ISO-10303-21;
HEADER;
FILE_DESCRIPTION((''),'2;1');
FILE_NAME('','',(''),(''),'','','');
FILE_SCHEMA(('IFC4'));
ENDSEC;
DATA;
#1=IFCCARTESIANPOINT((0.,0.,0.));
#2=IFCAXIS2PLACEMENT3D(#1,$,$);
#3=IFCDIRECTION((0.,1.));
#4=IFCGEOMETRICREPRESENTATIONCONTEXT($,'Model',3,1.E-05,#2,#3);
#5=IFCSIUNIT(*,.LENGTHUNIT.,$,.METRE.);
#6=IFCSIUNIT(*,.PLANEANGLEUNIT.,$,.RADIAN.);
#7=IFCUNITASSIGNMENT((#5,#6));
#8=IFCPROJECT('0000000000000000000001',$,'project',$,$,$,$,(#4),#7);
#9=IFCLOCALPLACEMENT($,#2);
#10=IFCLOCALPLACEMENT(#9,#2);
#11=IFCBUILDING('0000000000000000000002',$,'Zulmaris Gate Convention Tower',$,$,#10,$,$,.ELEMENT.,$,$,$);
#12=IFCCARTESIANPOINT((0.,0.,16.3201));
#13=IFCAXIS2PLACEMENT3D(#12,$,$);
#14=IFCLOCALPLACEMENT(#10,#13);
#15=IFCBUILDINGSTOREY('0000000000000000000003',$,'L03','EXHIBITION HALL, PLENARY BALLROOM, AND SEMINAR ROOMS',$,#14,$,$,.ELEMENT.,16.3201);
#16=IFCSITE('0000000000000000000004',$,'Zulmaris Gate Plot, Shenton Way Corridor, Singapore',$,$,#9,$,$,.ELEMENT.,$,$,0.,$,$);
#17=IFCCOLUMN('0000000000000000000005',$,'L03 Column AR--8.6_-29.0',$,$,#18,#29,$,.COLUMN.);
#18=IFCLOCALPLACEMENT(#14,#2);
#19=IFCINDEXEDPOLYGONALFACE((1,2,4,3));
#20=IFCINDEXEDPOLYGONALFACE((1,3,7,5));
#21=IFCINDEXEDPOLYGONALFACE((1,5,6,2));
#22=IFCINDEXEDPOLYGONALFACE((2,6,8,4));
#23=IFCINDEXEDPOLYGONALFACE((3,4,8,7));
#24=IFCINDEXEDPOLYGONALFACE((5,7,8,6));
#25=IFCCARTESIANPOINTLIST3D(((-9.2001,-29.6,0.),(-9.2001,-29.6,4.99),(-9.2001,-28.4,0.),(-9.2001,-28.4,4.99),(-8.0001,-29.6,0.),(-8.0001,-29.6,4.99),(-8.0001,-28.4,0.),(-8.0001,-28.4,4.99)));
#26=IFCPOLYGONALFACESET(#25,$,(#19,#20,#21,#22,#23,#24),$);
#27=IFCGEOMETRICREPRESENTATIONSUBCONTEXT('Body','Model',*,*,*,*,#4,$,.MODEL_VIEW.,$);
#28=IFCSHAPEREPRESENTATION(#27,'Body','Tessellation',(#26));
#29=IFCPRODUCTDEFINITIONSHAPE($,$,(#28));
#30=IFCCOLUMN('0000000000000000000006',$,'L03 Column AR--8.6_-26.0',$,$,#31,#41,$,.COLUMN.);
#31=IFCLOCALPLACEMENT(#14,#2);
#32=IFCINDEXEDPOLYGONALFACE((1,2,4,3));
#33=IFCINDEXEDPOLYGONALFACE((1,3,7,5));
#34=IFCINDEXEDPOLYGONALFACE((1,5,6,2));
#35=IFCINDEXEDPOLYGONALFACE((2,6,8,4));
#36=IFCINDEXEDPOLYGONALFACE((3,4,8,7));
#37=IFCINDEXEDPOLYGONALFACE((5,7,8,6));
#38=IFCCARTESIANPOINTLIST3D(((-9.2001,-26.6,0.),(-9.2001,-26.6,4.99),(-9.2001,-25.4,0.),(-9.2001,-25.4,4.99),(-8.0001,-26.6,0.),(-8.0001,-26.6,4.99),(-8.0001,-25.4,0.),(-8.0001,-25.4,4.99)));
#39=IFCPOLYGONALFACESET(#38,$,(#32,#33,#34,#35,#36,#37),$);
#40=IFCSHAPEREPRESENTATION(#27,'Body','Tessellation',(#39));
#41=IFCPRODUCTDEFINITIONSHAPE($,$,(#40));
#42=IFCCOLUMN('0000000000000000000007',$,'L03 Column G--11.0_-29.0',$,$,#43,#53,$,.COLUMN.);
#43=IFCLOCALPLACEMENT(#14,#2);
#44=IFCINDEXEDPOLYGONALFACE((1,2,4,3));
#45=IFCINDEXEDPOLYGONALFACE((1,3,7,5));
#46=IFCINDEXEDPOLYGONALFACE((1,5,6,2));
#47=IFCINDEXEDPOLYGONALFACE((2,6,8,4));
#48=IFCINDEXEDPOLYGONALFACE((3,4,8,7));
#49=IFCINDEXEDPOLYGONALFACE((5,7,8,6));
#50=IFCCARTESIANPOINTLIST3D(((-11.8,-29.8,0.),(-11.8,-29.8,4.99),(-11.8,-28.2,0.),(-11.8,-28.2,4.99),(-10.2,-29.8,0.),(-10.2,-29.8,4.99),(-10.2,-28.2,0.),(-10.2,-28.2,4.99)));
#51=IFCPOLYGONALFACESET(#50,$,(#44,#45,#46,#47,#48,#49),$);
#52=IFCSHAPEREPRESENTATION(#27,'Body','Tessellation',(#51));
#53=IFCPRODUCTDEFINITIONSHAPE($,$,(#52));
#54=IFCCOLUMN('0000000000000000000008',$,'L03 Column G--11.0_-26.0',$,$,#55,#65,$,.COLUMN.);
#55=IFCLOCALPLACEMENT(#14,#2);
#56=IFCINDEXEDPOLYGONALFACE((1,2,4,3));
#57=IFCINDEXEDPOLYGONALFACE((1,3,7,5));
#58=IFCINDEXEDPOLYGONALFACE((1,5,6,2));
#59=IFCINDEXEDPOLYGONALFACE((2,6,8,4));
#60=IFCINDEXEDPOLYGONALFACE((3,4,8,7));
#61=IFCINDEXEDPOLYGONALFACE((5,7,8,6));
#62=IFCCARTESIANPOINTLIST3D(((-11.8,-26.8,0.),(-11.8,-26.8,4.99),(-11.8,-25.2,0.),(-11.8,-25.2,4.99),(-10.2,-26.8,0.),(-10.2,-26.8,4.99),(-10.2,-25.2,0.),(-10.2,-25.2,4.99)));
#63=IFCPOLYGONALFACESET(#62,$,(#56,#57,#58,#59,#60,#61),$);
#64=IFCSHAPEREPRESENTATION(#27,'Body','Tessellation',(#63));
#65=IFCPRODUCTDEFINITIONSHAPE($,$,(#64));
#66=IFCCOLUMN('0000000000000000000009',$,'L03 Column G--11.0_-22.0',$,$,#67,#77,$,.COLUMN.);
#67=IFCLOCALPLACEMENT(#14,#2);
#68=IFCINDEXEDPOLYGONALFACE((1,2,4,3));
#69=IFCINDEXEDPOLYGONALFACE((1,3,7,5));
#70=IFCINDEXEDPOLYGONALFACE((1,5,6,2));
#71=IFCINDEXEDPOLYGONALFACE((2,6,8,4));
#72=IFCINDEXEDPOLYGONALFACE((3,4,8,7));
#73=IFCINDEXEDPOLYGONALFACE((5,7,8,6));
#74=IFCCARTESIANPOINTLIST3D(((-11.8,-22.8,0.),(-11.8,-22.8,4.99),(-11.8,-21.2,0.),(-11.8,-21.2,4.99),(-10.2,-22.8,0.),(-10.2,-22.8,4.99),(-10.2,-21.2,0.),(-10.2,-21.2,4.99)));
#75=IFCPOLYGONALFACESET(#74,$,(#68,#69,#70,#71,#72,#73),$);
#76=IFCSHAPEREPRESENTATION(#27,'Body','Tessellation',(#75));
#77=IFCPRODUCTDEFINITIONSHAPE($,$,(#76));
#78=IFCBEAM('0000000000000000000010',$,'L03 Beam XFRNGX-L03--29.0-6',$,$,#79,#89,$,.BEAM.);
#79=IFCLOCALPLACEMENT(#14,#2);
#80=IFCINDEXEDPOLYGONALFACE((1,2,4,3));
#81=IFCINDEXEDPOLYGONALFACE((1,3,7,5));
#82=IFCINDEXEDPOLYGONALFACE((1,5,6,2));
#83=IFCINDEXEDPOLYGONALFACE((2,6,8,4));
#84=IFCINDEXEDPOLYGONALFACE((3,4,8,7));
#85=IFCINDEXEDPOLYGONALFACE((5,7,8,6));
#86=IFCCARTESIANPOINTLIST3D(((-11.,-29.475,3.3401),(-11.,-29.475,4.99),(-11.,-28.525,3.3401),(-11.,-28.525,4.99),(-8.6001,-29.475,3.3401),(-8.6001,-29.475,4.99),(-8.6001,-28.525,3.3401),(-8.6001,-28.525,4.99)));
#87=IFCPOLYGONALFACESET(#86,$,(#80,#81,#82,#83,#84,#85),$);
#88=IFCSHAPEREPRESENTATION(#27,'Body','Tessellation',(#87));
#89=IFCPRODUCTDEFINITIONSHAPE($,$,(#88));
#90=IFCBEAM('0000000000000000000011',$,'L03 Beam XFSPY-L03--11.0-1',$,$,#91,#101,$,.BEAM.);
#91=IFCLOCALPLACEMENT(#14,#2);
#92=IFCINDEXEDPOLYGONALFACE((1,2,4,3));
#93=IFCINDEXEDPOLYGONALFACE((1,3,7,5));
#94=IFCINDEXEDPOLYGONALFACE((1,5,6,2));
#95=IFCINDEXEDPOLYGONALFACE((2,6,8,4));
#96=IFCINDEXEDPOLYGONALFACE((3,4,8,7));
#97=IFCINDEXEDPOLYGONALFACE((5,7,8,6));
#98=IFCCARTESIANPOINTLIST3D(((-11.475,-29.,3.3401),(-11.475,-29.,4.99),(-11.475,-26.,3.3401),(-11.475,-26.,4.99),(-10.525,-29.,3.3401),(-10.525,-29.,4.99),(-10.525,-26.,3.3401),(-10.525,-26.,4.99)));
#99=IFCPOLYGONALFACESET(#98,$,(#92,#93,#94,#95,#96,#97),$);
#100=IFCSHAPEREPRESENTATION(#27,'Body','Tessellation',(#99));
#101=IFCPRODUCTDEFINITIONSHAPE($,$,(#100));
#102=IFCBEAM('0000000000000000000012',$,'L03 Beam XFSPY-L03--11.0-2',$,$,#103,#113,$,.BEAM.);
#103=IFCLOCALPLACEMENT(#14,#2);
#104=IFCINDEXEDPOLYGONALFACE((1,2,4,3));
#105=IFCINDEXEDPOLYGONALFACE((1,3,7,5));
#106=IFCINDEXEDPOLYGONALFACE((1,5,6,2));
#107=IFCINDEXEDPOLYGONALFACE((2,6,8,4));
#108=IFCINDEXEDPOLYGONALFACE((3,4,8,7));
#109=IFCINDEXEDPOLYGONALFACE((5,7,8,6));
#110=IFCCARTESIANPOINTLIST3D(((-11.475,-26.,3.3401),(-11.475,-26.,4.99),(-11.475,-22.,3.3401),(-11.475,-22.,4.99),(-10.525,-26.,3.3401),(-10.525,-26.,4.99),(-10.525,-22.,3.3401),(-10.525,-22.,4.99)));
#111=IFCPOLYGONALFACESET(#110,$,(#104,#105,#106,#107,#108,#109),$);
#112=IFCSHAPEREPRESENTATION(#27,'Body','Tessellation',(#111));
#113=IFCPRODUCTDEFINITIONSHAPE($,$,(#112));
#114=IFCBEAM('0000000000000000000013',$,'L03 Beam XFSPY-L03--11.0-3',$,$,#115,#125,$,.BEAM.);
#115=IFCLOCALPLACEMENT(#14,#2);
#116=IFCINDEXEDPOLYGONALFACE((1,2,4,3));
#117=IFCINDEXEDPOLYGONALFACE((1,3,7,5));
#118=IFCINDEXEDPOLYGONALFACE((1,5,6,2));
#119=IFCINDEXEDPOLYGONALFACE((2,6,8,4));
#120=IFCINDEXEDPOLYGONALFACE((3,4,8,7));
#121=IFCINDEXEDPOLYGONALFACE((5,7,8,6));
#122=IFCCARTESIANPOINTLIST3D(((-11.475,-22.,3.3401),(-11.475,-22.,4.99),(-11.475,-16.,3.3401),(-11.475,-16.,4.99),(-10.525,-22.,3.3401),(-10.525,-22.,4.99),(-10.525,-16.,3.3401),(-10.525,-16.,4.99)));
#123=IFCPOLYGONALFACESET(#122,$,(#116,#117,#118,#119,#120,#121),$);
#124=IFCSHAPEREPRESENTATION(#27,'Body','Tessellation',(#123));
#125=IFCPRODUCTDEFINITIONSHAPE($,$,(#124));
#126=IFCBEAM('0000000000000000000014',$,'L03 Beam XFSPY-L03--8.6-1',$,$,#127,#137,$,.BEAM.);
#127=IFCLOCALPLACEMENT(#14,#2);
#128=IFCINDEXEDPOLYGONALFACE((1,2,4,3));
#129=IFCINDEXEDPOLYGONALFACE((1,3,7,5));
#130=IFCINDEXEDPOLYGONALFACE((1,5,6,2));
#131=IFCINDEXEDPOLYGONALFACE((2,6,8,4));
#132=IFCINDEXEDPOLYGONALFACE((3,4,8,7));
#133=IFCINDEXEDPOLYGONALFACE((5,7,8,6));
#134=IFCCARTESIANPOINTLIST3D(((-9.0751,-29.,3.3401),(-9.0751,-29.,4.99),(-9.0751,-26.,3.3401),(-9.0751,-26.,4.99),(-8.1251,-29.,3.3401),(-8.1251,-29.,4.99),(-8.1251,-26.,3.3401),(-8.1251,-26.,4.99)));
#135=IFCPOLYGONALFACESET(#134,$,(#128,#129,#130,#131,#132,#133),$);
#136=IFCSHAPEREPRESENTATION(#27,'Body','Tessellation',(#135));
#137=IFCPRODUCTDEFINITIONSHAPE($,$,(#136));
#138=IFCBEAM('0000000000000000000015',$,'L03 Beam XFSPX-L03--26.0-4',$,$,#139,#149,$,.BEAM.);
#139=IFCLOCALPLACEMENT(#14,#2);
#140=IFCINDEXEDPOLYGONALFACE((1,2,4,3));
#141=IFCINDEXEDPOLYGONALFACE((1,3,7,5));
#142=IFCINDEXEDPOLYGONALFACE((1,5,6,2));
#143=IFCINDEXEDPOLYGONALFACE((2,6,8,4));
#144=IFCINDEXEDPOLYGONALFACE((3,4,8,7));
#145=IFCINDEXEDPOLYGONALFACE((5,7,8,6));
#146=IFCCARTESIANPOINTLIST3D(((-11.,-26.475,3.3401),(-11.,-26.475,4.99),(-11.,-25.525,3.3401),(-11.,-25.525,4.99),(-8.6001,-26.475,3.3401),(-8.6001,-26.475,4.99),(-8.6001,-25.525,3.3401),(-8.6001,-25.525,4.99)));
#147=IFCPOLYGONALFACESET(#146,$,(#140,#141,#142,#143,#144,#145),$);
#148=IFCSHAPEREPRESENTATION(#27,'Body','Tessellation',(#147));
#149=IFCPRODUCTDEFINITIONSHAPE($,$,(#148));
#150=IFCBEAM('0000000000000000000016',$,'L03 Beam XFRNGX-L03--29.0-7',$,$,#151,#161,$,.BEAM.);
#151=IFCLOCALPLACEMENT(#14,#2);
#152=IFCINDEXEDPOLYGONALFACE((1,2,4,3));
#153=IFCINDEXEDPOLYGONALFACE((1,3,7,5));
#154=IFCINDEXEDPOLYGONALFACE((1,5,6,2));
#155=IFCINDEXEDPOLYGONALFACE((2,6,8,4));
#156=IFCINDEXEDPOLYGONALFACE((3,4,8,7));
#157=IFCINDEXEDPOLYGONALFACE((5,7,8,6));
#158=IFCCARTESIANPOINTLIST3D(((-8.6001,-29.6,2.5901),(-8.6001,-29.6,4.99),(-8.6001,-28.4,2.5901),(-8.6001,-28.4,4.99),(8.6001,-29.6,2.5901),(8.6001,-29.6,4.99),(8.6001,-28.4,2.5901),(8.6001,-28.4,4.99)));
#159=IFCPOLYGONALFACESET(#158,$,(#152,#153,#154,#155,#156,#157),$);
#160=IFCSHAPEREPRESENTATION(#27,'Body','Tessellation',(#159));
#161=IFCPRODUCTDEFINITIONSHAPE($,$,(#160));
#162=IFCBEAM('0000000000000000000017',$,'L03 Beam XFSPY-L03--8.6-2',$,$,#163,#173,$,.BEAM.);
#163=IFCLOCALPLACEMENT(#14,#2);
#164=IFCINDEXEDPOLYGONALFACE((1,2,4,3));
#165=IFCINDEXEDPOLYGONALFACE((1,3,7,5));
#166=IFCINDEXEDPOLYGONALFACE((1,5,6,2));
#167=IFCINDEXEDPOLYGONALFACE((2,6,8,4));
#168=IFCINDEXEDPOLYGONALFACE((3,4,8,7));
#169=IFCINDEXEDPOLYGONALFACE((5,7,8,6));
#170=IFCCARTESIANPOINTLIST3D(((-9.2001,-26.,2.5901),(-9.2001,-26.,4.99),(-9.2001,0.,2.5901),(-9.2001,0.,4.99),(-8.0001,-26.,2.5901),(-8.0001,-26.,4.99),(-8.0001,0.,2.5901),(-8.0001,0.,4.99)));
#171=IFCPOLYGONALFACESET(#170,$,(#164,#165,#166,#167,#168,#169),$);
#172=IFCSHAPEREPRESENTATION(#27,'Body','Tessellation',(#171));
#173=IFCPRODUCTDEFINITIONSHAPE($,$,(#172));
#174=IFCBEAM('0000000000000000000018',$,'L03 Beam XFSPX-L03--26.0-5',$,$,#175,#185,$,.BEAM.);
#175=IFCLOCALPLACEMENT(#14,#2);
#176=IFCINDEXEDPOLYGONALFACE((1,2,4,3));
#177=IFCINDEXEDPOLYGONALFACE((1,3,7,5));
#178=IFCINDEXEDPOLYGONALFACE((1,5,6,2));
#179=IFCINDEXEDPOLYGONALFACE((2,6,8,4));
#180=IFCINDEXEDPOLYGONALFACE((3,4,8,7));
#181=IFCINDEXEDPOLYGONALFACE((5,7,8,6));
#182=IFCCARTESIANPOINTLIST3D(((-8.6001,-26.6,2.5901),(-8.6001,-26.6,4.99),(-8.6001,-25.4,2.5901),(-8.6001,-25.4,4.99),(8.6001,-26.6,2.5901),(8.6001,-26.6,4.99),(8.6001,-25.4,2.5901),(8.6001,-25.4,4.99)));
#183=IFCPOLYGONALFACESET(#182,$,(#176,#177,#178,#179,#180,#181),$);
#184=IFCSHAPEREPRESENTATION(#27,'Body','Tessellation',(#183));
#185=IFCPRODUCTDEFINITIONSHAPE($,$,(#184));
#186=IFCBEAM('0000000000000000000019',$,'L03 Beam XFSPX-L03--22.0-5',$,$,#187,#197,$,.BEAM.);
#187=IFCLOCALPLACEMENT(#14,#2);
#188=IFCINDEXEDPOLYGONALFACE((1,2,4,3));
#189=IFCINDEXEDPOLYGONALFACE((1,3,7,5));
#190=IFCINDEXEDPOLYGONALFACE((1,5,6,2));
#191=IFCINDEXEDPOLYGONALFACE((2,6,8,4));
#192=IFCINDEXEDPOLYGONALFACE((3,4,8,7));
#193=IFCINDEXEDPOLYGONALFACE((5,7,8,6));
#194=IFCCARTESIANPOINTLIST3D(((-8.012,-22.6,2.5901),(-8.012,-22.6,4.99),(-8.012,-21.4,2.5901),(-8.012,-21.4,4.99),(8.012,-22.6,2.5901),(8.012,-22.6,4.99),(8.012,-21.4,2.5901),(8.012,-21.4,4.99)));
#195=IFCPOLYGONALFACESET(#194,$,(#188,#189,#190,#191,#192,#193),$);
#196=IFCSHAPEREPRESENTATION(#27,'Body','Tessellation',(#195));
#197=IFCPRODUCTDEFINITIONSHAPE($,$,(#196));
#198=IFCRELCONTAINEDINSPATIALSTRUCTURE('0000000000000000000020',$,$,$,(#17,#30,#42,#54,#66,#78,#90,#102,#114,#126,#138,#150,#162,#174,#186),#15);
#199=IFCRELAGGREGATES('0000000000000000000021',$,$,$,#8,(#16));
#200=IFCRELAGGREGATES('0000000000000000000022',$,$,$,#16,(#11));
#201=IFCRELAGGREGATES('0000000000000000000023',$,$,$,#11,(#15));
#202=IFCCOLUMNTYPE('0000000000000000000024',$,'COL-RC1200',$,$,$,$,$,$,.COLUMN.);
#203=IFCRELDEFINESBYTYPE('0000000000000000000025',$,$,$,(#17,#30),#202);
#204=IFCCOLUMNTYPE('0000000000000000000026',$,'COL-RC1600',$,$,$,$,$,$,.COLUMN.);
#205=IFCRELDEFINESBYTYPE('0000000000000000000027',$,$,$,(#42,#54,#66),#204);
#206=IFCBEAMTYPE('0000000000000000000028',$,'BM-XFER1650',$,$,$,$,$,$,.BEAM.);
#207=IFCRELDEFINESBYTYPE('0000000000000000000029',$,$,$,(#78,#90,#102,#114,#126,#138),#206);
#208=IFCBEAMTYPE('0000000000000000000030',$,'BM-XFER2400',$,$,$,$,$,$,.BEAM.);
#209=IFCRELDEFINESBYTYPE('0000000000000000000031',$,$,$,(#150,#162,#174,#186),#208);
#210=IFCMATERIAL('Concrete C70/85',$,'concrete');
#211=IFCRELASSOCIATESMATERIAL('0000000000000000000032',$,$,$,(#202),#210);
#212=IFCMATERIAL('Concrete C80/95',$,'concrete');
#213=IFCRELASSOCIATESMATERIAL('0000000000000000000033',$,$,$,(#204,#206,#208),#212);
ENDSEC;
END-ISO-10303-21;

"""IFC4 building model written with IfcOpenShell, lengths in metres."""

from ifc_helpers import new_model, si_unit, direction, frame, origin, origin_2d, place, context, subcontext, project, spatial, rectangle, extrude, material, material_profile, profile_set, type_object, element, save


model = new_model("IFC4")

# Units and contexts
model_context = context("Model", 3, precision=1e-05, world=origin(), true_north=direction((0.0, 1.0)))
body_context = subcontext(model_context, "Body", "Model", "MODEL_VIEW")
ifc_project = project(units=[si_unit("LENGTHUNIT", "METRE"), si_unit("PLANEANGLEUNIT", "RADIAN")], contexts=[model_context])

# Site, building, storey
site_placement = place(None, origin())
site = spatial("IfcSite", under=ifc_project, at=site_placement, Name="Zulmaris Gate Plot, Shenton Way Corridor, Singapore", CompositionType="ELEMENT", RefElevation=0.0)
building_placement = place(site_placement, origin())
building = spatial("IfcBuilding", under=site, at=building_placement, Name="Zulmaris Gate Convention Tower", CompositionType="ELEMENT")
storey_placement = place(building_placement, frame((0.0, 0.0, 16.3201)))
storey = spatial("IfcBuildingStorey", under=building, at=storey_placement, Name="L03", Description="EXHIBITION HALL, PLENARY BALLROOM, AND SEMINAR ROOMS", CompositionType="ELEMENT", Elevation=16.3201)

# Columns
ifc_material_1 = material(Name="Concrete C70/85", Category="concrete")
ifc_material_profile_1 = material_profile(ifc_material_1, rectangle(XDim=1.2, YDim=1.2, at=origin_2d()), Name="RC COL 1200x1200")
ifc_profile_set_1 = profile_set([ifc_material_profile_1], Name="Concrete C70/85")
column_type_1 = type_object("IfcColumnType", Name="COL-RC1200", PredefinedType="COLUMN", material=ifc_profile_set_1)
for number, where, z_axis, x_axis, name in (
    (1, (-8.6001, -29.0, 0.0), (0.0, 0.0, 1.0), (1.0, 0.0, 0.0), "L03 Column AR--8.6_-29.0"),
    (2, (-8.6001, -26.0, 0.0), (0.0, 0.0, 1.0), (1.0, 0.0, 0.0), "L03 Column AR--8.6_-26.0"),
):
    element("IfcColumn", number, at=place(storey_placement, frame(where, z_axis=z_axis, x_axis=x_axis)), inside=storey, type_object=column_type_1, Name=name, PredefinedType="COLUMN", context=body_context, shape_type="SweptSolid", body=[
        extrude(rectangle(XDim=1.2, YDim=1.2, at=origin_2d()), origin(), (0.0, 0.0, 1.0), 4.99),
    ])
ifc_material_2 = material(Name="Concrete C80/95", Category="concrete")
ifc_material_profile_2 = material_profile(ifc_material_2, rectangle(XDim=1.6001, YDim=1.6001, at=origin_2d()), Name="RC COL 1600x1600")
ifc_profile_set_2 = profile_set([ifc_material_profile_2], Name="Concrete C80/95")
column_type_2 = type_object("IfcColumnType", Name="COL-RC1600", PredefinedType="COLUMN", material=ifc_profile_set_2)
for number, where, z_axis, x_axis, name in (
    (3, (-11.0, -29.0, 0.0), (0.0, 0.0, 1.0), (1.0, 0.0, 0.0), "L03 Column G--11.0_-29.0"),
    (4, (-11.0, -26.0, 0.0), (0.0, 0.0, 1.0), (1.0, 0.0, 0.0), "L03 Column G--11.0_-26.0"),
    (5, (-11.0, -22.0, 0.0), (0.0, 0.0, 1.0), (1.0, 0.0, 0.0), "L03 Column G--11.0_-22.0"),
):
    element("IfcColumn", number, at=place(storey_placement, frame(where, z_axis=z_axis, x_axis=x_axis)), inside=storey, type_object=column_type_2, Name=name, PredefinedType="COLUMN", context=body_context, shape_type="SweptSolid", body=[
        extrude(rectangle(XDim=1.6001, YDim=1.6001, at=origin_2d()), origin(), (0.0, 0.0, 1.0), 4.99),
    ])

# Beams
ifc_material_profile_3 = material_profile(ifc_material_2, rectangle(XDim=0.95, YDim=1.6499, at=origin_2d()), Name="RC TRANSFER 950x1650")
ifc_profile_set_3 = profile_set([ifc_material_profile_3], Name="Concrete C80/95")
beam_type_1 = type_object("IfcBeamType", Name="BM-XFER1650", PredefinedType="BEAM", material=ifc_profile_set_3)
beam_1_placement = place(storey_placement, frame((-11.0, -29.0, 4.165), z_axis=(1.0, 0.0, 0.0), x_axis=(0.0, 1.0, 0.0)))
element("IfcBeam", 6, at=beam_1_placement, inside=storey, type_object=beam_type_1, Name="L03 Beam XFRNGX-L03--29.0-6", PredefinedType="BEAM", context=body_context, shape_type="SweptSolid", body=[
    extrude(rectangle(XDim=0.95, YDim=1.6499, at=origin_2d()), origin(), (0.0, 0.0, 1.0), 2.3999),
])
beam_2_placement = place(storey_placement, frame((-11.0, -29.0, 4.165), z_axis=(0.0, 1.0, 0.0), x_axis=(-1.0, 0.0, 0.0)))
element("IfcBeam", 7, at=beam_2_placement, inside=storey, type_object=beam_type_1, Name="L03 Beam XFSPY-L03--11.0-1", PredefinedType="BEAM", context=body_context, shape_type="SweptSolid", body=[
    extrude(rectangle(XDim=0.95, YDim=1.6499, at=origin_2d()), origin(), (0.0, 0.0, 1.0), 3.0),
])
beam_3_placement = place(storey_placement, frame((-11.0, -26.0, 4.165), z_axis=(0.0, 1.0, 0.0), x_axis=(-1.0, 0.0, 0.0)))
element("IfcBeam", 8, at=beam_3_placement, inside=storey, type_object=beam_type_1, Name="L03 Beam XFSPY-L03--11.0-2", PredefinedType="BEAM", context=body_context, shape_type="SweptSolid", body=[
    extrude(rectangle(XDim=0.95, YDim=1.6499, at=origin_2d()), origin(), (0.0, 0.0, 1.0), 4.0),
])
beam_4_placement = place(storey_placement, frame((-11.0, -22.0, 4.165), z_axis=(0.0, 1.0, 0.0), x_axis=(-1.0, 0.0, 0.0)))
element("IfcBeam", 9, at=beam_4_placement, inside=storey, type_object=beam_type_1, Name="L03 Beam XFSPY-L03--11.0-3", PredefinedType="BEAM", context=body_context, shape_type="SweptSolid", body=[
    extrude(rectangle(XDim=0.95, YDim=1.6499, at=origin_2d()), origin(), (0.0, 0.0, 1.0), 6.0),
])
beam_5_placement = place(storey_placement, frame((-8.6001, -29.0, 4.165), z_axis=(0.0, 1.0, 0.0), x_axis=(-1.0, 0.0, 0.0)))
element("IfcBeam", 10, at=beam_5_placement, inside=storey, type_object=beam_type_1, Name="L03 Beam XFSPY-L03--8.6-1", PredefinedType="BEAM", context=body_context, shape_type="SweptSolid", body=[
    extrude(rectangle(XDim=0.95, YDim=1.6499, at=origin_2d()), origin(), (0.0, 0.0, 1.0), 3.0),
])
beam_6_placement = place(storey_placement, frame((-11.0, -26.0, 4.165), z_axis=(1.0, 0.0, 0.0), x_axis=(0.0, 1.0, 0.0)))
element("IfcBeam", 11, at=beam_6_placement, inside=storey, type_object=beam_type_1, Name="L03 Beam XFSPX-L03--26.0-4", PredefinedType="BEAM", context=body_context, shape_type="SweptSolid", body=[
    extrude(rectangle(XDim=0.95, YDim=1.6499, at=origin_2d()), origin(), (0.0, 0.0, 1.0), 2.3999),
])
ifc_material_profile_4 = material_profile(ifc_material_2, rectangle(XDim=1.2, YDim=2.3999, at=origin_2d()), Name="RC TRANSFER 1200x2400")
ifc_profile_set_4 = profile_set([ifc_material_profile_4], Name="Concrete C80/95")
beam_type_2 = type_object("IfcBeamType", Name="BM-XFER2400", PredefinedType="BEAM", material=ifc_profile_set_4)
beam_7_placement = place(storey_placement, frame((-8.6001, -29.0, 3.79), z_axis=(1.0, 0.0, 0.0), x_axis=(0.0, 1.0, 0.0)))
element("IfcBeam", 12, at=beam_7_placement, inside=storey, type_object=beam_type_2, Name="L03 Beam XFRNGX-L03--29.0-7", PredefinedType="BEAM", context=body_context, shape_type="SweptSolid", body=[
    extrude(rectangle(XDim=1.2, YDim=2.3999, at=origin_2d()), origin(), (0.0, 0.0, 1.0), 17.2002),
])
beam_8_placement = place(storey_placement, frame((-8.6001, -26.0, 3.79), z_axis=(0.0, 1.0, 0.0), x_axis=(-1.0, 0.0, 0.0)))
element("IfcBeam", 13, at=beam_8_placement, inside=storey, type_object=beam_type_2, Name="L03 Beam XFSPY-L03--8.6-2", PredefinedType="BEAM", context=body_context, shape_type="SweptSolid", body=[
    extrude(rectangle(XDim=1.2, YDim=2.3999, at=origin_2d()), origin(), (0.0, 0.0, 1.0), 26.0),
])
beam_9_placement = place(storey_placement, frame((-8.6001, -26.0, 3.79), z_axis=(1.0, 0.0, 0.0), x_axis=(0.0, 1.0, 0.0)))
element("IfcBeam", 14, at=beam_9_placement, inside=storey, type_object=beam_type_2, Name="L03 Beam XFSPX-L03--26.0-5", PredefinedType="BEAM", context=body_context, shape_type="SweptSolid", body=[
    extrude(rectangle(XDim=1.2, YDim=2.3999, at=origin_2d()), origin(), (0.0, 0.0, 1.0), 17.2002),
])
beam_10_placement = place(storey_placement, frame((-8.012, -22.0, 3.79), z_axis=(1.0, 0.0, 0.0), x_axis=(0.0, 1.0, 0.0)))
element("IfcBeam", 15, at=beam_10_placement, inside=storey, type_object=beam_type_2, Name="L03 Beam XFSPX-L03--22.0-5", PredefinedType="BEAM", context=body_context, shape_type="SweptSolid", body=[
    extrude(rectangle(XDim=1.2, YDim=2.3999, at=origin_2d()), origin(), (0.0, 0.0, 1.0), 16.0239),
])

save(model, "model.ifc")
